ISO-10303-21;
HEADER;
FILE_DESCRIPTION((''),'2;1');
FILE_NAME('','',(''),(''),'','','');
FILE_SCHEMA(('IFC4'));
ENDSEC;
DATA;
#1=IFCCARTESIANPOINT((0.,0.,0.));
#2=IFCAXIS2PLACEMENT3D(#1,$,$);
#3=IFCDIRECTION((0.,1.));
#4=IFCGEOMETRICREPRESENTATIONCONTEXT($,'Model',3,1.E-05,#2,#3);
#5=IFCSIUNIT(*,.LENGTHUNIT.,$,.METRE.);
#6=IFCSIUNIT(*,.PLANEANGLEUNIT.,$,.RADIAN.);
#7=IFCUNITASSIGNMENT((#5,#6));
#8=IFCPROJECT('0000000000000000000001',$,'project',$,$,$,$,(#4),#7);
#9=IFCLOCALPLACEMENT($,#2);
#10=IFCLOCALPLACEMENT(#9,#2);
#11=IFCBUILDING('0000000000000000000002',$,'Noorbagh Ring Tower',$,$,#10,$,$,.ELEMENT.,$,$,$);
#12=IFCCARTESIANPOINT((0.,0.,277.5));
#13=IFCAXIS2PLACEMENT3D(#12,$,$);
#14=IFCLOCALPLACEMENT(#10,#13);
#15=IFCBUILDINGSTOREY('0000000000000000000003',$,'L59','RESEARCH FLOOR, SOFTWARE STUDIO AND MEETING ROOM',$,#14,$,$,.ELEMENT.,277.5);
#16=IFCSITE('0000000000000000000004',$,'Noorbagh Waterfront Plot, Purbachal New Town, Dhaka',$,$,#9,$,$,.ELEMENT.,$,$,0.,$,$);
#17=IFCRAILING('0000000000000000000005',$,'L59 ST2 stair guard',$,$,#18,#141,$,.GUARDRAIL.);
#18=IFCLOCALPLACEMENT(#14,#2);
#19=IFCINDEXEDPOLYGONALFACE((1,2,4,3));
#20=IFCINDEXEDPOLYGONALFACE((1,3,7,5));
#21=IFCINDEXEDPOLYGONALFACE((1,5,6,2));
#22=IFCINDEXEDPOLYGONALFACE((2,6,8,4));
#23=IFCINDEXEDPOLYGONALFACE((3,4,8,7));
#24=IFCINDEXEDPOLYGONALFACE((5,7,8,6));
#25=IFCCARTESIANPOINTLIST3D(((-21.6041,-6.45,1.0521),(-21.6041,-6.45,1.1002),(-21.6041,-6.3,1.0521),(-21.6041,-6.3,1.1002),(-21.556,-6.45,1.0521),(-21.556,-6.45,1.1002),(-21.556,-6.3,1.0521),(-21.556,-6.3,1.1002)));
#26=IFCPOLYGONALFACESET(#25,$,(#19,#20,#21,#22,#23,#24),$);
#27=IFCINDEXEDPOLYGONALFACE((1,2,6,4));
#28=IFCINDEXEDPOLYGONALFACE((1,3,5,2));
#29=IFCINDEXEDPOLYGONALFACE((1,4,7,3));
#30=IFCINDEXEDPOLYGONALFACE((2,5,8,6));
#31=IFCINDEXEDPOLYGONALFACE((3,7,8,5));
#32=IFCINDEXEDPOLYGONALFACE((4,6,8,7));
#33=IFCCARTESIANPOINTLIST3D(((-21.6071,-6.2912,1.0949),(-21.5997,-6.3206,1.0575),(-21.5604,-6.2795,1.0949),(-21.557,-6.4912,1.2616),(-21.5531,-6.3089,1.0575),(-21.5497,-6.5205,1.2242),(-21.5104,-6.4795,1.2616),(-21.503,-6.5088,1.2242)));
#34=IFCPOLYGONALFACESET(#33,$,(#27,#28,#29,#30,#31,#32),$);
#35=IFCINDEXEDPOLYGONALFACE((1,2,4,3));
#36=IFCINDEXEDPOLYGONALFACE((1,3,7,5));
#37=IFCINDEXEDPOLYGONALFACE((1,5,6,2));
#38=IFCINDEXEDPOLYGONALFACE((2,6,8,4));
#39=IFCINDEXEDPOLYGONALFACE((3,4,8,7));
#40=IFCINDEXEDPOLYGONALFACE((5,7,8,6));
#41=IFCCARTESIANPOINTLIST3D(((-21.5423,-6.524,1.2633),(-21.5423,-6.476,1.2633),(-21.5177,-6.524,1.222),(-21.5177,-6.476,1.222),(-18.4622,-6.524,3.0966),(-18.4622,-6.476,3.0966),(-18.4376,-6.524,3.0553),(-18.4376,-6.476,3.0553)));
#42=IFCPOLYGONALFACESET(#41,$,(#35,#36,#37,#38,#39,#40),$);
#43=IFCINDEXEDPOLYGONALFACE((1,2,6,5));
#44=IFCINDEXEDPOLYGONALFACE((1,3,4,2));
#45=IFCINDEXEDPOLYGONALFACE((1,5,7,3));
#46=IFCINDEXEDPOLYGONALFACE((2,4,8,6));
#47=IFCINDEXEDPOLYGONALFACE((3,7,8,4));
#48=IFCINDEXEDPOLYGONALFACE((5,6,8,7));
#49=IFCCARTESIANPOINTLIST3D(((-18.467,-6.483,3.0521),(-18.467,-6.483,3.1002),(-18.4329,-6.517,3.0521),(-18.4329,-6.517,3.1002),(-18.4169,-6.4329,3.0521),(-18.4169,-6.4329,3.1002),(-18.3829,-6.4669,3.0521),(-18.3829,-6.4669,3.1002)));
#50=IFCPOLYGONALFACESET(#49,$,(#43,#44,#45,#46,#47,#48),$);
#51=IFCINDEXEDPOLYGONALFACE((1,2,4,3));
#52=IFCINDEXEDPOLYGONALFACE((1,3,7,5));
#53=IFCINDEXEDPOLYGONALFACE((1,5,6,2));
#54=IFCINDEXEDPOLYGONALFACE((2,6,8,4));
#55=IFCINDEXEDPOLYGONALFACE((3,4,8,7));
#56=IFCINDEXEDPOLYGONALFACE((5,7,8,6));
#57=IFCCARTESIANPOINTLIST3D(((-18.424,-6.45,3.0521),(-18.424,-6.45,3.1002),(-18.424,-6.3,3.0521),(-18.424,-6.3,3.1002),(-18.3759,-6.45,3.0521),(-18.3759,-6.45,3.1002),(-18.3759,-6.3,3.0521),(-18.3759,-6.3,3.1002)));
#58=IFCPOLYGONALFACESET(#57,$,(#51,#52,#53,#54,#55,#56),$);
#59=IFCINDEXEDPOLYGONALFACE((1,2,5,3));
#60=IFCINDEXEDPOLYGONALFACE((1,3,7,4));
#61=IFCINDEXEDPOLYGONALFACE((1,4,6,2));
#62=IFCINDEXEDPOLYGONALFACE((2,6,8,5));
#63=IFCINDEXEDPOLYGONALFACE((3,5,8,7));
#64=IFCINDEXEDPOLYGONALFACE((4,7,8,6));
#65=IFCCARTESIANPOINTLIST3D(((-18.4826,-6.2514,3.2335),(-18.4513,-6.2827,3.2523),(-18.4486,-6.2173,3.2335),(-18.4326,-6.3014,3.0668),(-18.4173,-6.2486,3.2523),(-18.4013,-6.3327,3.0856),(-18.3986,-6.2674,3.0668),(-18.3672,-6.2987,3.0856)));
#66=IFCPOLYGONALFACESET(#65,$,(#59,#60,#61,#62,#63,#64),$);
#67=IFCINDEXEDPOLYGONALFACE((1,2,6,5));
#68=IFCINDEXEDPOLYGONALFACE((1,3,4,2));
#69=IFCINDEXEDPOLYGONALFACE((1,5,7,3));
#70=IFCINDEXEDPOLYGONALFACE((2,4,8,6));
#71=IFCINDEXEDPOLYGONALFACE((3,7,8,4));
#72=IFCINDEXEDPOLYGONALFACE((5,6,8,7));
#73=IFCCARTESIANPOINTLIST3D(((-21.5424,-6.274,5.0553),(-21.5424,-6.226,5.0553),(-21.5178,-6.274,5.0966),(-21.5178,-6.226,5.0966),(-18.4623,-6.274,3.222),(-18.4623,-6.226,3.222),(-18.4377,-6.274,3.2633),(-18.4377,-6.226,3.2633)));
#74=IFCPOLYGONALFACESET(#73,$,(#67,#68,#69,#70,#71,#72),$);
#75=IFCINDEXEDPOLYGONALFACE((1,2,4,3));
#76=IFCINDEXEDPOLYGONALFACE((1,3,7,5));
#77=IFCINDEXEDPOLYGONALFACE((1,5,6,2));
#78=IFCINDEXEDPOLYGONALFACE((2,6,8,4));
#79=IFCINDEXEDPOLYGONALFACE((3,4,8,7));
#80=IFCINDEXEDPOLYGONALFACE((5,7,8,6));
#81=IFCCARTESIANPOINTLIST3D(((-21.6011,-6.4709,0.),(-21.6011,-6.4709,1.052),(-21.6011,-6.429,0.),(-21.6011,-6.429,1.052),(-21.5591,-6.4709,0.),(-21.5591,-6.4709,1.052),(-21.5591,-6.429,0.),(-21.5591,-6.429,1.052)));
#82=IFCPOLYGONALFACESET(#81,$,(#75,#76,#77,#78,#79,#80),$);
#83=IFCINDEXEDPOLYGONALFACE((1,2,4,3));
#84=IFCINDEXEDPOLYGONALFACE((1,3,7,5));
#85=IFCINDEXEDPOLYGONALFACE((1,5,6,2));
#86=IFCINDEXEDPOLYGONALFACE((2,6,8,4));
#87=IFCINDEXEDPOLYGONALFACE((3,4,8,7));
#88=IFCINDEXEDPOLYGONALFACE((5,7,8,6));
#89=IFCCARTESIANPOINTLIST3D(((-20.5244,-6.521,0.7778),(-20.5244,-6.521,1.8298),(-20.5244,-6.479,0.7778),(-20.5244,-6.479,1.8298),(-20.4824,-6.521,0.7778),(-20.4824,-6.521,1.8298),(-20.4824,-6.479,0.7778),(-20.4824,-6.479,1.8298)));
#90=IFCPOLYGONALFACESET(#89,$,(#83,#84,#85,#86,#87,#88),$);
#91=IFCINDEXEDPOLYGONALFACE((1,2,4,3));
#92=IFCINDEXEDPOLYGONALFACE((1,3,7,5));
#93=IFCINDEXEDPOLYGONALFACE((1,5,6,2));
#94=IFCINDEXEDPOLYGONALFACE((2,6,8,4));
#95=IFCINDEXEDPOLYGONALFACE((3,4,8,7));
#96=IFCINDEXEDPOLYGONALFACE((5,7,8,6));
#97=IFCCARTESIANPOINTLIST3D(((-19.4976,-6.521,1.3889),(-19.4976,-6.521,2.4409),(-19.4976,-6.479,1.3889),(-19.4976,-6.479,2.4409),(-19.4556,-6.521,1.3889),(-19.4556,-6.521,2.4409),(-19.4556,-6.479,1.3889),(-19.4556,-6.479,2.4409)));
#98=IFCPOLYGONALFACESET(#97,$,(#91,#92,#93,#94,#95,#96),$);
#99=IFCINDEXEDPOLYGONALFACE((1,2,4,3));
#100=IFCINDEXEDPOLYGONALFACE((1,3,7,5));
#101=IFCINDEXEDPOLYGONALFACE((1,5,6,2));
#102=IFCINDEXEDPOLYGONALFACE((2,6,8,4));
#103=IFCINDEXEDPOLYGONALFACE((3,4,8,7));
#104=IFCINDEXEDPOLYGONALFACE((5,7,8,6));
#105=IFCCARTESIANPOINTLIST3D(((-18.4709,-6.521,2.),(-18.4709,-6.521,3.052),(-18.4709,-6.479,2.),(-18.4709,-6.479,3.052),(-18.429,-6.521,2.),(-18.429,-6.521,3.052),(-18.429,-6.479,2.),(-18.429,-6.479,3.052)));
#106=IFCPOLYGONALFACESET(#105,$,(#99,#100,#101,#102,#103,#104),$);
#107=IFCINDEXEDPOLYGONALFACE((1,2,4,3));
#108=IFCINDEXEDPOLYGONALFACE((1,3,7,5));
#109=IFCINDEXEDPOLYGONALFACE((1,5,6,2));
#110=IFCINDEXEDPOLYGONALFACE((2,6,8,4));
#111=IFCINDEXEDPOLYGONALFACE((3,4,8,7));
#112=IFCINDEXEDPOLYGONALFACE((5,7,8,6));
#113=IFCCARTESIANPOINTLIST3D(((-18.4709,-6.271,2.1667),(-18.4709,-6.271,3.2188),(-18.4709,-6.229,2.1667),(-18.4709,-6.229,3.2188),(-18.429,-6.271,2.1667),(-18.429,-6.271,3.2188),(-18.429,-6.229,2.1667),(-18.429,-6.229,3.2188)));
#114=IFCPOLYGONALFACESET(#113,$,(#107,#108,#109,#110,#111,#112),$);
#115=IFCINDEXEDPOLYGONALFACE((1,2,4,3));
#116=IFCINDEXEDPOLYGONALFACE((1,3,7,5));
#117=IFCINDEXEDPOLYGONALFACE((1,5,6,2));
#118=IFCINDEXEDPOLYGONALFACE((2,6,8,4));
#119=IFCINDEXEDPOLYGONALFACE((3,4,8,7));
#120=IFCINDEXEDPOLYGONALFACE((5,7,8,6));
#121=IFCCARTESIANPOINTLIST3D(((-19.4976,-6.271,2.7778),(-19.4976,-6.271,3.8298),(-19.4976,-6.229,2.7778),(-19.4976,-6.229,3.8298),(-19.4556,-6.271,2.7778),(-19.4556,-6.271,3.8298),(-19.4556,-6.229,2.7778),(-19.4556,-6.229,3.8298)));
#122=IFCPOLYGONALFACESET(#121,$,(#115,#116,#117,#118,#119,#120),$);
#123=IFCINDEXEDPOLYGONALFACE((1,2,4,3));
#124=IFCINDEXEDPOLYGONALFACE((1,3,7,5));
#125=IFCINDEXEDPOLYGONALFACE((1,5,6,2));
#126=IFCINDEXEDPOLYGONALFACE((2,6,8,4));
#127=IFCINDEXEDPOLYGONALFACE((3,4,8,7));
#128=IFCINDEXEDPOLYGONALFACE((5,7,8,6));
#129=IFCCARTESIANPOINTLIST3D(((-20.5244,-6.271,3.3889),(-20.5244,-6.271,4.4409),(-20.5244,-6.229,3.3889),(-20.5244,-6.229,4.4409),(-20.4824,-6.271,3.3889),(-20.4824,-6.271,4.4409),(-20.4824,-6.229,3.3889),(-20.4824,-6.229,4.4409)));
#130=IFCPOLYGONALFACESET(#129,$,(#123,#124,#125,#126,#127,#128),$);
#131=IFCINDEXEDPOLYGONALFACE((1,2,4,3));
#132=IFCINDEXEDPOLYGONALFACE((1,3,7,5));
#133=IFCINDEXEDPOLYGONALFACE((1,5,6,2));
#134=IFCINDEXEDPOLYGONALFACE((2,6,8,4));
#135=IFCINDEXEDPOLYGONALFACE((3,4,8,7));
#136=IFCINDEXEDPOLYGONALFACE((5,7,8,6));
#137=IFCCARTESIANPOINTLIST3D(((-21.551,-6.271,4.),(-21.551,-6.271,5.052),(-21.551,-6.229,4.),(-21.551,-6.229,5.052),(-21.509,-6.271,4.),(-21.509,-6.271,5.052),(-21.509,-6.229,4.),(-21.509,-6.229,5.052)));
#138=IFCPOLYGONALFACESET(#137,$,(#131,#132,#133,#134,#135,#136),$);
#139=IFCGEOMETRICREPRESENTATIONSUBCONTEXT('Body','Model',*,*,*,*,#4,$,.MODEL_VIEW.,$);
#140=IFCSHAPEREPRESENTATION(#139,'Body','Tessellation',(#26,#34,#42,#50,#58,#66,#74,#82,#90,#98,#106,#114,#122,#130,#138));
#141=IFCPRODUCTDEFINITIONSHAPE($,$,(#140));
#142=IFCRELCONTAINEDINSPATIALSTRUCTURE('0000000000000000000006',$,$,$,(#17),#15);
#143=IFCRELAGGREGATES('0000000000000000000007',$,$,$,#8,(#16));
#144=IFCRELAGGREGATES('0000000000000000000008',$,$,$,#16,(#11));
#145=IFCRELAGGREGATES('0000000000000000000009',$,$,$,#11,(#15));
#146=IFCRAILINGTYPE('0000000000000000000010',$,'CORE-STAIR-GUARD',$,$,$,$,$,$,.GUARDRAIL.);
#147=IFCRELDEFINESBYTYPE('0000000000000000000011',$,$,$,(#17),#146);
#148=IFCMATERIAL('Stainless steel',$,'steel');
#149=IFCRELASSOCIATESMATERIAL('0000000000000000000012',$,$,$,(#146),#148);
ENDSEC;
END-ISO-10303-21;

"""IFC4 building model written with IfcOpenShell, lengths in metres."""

from ifc_helpers import new_model, si_unit, direction, frame, origin, origin_2d, place, context, subcontext, project, spatial, rectangle, extrude, material, type_object, element, save


model = new_model("IFC4")

# Units and contexts
model_context = context("Model", 3, precision=1e-05, world=origin(), true_north=direction((0.0, 1.0)))
body_context = subcontext(model_context, "Body", "Model", "MODEL_VIEW")
ifc_project = project(units=[si_unit("LENGTHUNIT", "METRE"), si_unit("PLANEANGLEUNIT", "RADIAN")], contexts=[model_context])

# Site, building, storey
site_placement = place(None, origin())
site = spatial("IfcSite", under=ifc_project, at=site_placement, Name="Noorbagh Waterfront Plot, Purbachal New Town, Dhaka", CompositionType="ELEMENT", RefElevation=0.0)
building_placement = place(site_placement, origin())
building = spatial("IfcBuilding", under=site, at=building_placement, Name="Noorbagh Ring Tower", CompositionType="ELEMENT")
storey_placement = place(building_placement, frame((0.0, 0.0, 277.5)))
storey = spatial("IfcBuildingStorey", under=building, at=storey_placement, Name="L59", Description="RESEARCH FLOOR, SOFTWARE STUDIO AND MEETING ROOM", CompositionType="ELEMENT", Elevation=277.5)

# Railing
ifc_material_1 = material(Name="Stainless steel", Category="steel")
railing_type_1 = type_object("IfcRailingType", Name="CORE-STAIR-GUARD", PredefinedType="GUARDRAIL", material=ifc_material_1)
railing_1_placement = place(storey_placement, frame((-21.5801, -6.45, 0.0)))
element("IfcRailing", 1, at=railing_1_placement, inside=storey, type_object=railing_type_1, Name="L59 ST2 stair guard", PredefinedType="GUARDRAIL", context=body_context, shape_type="SweptSolid", body=[
    extrude(rectangle(XDim=0.0481, YDim=0.0481, at=origin_2d()), frame((0.0, 0.0, 1.0762), z_axis=(0.0, 1.0, 0.0), x_axis=(-1.0, 0.0, 0.0)), (0.0, 0.0, 1.0), 0.1499),
    extrude(rectangle(XDim=0.0481, YDim=0.0481, at=origin_2d()), frame((0.0, 0.1499, 1.0762), z_axis=(0.188776, -0.754182, 0.628946), x_axis=(0.970073, 0.242814, 0.0)), (0.0, 0.0, 1.0), 0.2651),
    extrude(rectangle(XDim=0.0481, YDim=0.0481, at=origin_2d()), frame((0.05, -0.05, 1.2427), z_axis=(0.859309, 0.0, 0.511458), x_axis=(0.0, 1.0, 0.0)), (0.0, 0.0, 1.0), 3.5845),
    extrude(rectangle(XDim=0.0481, YDim=0.0481, at=origin_2d()), frame((3.1301, -0.05, 3.0762), z_axis=(0.707107, 0.707107, 0.0), x_axis=(-0.707107, 0.707107, 0.0)), (0.0, 0.0, 1.0), 0.0708),
    extrude(rectangle(XDim=0.0481, YDim=0.0481, at=origin_2d()), frame((3.1802, 0.0, 3.0762), z_axis=(0.0, 1.0, 0.0), x_axis=(-1.0, 0.0, 0.0)), (0.0, 0.0, 1.0), 0.1499),
    extrude(rectangle(XDim=0.0481, YDim=0.0481, at=origin_2d()), frame((3.1802, 0.1499, 3.0762), z_axis=(-0.276287, 0.276287, 0.920506), x_axis=(-0.707107, -0.707107, 0.0)), (0.0, 0.0, 1.0), 0.1812),
    extrude(rectangle(XDim=0.0481, YDim=0.0481, at=origin_2d()), frame((3.1301, 0.2, 3.2427), z_axis=(-0.859309, 0.0, 0.511458), x_axis=(0.0, -1.0, 0.0)), (0.0, 0.0, 1.0), 3.5845),
    extrude(rectangle(XDim=0.042, YDim=0.042, at=origin_2d()), origin(), (0.0, 0.0, 1.0), 1.052),
    extrude(rectangle(XDim=0.042, YDim=0.042, at=origin_2d()), frame((1.0767, -0.05, 0.7778)), (0.0, 0.0, 1.0), 1.052),
    extrude(rectangle(XDim=0.042, YDim=0.042, at=origin_2d()), frame((2.1035, -0.05, 1.3889)), (0.0, 0.0, 1.0), 1.052),
    extrude(rectangle(XDim=0.042, YDim=0.042, at=origin_2d()), frame((3.1301, -0.05, 2.0)), (0.0, 0.0, 1.0), 1.052),
    extrude(rectangle(XDim=0.042, YDim=0.042, at=origin_2d()), frame((3.1301, 0.2, 2.1667)), (0.0, 0.0, 1.0), 1.052),
    extrude(rectangle(XDim=0.042, YDim=0.042, at=origin_2d()), frame((2.1035, 0.2, 2.7778)), (0.0, 0.0, 1.0), 1.052),
    extrude(rectangle(XDim=0.042, YDim=0.042, at=origin_2d()), frame((1.0767, 0.2, 3.3889)), (0.0, 0.0, 1.0), 1.052),
    extrude(rectangle(XDim=0.042, YDim=0.042, at=origin_2d()), frame((0.05, 0.2, 4.0)), (0.0, 0.0, 1.0), 1.052),
])

save(model, "model.ifc")
